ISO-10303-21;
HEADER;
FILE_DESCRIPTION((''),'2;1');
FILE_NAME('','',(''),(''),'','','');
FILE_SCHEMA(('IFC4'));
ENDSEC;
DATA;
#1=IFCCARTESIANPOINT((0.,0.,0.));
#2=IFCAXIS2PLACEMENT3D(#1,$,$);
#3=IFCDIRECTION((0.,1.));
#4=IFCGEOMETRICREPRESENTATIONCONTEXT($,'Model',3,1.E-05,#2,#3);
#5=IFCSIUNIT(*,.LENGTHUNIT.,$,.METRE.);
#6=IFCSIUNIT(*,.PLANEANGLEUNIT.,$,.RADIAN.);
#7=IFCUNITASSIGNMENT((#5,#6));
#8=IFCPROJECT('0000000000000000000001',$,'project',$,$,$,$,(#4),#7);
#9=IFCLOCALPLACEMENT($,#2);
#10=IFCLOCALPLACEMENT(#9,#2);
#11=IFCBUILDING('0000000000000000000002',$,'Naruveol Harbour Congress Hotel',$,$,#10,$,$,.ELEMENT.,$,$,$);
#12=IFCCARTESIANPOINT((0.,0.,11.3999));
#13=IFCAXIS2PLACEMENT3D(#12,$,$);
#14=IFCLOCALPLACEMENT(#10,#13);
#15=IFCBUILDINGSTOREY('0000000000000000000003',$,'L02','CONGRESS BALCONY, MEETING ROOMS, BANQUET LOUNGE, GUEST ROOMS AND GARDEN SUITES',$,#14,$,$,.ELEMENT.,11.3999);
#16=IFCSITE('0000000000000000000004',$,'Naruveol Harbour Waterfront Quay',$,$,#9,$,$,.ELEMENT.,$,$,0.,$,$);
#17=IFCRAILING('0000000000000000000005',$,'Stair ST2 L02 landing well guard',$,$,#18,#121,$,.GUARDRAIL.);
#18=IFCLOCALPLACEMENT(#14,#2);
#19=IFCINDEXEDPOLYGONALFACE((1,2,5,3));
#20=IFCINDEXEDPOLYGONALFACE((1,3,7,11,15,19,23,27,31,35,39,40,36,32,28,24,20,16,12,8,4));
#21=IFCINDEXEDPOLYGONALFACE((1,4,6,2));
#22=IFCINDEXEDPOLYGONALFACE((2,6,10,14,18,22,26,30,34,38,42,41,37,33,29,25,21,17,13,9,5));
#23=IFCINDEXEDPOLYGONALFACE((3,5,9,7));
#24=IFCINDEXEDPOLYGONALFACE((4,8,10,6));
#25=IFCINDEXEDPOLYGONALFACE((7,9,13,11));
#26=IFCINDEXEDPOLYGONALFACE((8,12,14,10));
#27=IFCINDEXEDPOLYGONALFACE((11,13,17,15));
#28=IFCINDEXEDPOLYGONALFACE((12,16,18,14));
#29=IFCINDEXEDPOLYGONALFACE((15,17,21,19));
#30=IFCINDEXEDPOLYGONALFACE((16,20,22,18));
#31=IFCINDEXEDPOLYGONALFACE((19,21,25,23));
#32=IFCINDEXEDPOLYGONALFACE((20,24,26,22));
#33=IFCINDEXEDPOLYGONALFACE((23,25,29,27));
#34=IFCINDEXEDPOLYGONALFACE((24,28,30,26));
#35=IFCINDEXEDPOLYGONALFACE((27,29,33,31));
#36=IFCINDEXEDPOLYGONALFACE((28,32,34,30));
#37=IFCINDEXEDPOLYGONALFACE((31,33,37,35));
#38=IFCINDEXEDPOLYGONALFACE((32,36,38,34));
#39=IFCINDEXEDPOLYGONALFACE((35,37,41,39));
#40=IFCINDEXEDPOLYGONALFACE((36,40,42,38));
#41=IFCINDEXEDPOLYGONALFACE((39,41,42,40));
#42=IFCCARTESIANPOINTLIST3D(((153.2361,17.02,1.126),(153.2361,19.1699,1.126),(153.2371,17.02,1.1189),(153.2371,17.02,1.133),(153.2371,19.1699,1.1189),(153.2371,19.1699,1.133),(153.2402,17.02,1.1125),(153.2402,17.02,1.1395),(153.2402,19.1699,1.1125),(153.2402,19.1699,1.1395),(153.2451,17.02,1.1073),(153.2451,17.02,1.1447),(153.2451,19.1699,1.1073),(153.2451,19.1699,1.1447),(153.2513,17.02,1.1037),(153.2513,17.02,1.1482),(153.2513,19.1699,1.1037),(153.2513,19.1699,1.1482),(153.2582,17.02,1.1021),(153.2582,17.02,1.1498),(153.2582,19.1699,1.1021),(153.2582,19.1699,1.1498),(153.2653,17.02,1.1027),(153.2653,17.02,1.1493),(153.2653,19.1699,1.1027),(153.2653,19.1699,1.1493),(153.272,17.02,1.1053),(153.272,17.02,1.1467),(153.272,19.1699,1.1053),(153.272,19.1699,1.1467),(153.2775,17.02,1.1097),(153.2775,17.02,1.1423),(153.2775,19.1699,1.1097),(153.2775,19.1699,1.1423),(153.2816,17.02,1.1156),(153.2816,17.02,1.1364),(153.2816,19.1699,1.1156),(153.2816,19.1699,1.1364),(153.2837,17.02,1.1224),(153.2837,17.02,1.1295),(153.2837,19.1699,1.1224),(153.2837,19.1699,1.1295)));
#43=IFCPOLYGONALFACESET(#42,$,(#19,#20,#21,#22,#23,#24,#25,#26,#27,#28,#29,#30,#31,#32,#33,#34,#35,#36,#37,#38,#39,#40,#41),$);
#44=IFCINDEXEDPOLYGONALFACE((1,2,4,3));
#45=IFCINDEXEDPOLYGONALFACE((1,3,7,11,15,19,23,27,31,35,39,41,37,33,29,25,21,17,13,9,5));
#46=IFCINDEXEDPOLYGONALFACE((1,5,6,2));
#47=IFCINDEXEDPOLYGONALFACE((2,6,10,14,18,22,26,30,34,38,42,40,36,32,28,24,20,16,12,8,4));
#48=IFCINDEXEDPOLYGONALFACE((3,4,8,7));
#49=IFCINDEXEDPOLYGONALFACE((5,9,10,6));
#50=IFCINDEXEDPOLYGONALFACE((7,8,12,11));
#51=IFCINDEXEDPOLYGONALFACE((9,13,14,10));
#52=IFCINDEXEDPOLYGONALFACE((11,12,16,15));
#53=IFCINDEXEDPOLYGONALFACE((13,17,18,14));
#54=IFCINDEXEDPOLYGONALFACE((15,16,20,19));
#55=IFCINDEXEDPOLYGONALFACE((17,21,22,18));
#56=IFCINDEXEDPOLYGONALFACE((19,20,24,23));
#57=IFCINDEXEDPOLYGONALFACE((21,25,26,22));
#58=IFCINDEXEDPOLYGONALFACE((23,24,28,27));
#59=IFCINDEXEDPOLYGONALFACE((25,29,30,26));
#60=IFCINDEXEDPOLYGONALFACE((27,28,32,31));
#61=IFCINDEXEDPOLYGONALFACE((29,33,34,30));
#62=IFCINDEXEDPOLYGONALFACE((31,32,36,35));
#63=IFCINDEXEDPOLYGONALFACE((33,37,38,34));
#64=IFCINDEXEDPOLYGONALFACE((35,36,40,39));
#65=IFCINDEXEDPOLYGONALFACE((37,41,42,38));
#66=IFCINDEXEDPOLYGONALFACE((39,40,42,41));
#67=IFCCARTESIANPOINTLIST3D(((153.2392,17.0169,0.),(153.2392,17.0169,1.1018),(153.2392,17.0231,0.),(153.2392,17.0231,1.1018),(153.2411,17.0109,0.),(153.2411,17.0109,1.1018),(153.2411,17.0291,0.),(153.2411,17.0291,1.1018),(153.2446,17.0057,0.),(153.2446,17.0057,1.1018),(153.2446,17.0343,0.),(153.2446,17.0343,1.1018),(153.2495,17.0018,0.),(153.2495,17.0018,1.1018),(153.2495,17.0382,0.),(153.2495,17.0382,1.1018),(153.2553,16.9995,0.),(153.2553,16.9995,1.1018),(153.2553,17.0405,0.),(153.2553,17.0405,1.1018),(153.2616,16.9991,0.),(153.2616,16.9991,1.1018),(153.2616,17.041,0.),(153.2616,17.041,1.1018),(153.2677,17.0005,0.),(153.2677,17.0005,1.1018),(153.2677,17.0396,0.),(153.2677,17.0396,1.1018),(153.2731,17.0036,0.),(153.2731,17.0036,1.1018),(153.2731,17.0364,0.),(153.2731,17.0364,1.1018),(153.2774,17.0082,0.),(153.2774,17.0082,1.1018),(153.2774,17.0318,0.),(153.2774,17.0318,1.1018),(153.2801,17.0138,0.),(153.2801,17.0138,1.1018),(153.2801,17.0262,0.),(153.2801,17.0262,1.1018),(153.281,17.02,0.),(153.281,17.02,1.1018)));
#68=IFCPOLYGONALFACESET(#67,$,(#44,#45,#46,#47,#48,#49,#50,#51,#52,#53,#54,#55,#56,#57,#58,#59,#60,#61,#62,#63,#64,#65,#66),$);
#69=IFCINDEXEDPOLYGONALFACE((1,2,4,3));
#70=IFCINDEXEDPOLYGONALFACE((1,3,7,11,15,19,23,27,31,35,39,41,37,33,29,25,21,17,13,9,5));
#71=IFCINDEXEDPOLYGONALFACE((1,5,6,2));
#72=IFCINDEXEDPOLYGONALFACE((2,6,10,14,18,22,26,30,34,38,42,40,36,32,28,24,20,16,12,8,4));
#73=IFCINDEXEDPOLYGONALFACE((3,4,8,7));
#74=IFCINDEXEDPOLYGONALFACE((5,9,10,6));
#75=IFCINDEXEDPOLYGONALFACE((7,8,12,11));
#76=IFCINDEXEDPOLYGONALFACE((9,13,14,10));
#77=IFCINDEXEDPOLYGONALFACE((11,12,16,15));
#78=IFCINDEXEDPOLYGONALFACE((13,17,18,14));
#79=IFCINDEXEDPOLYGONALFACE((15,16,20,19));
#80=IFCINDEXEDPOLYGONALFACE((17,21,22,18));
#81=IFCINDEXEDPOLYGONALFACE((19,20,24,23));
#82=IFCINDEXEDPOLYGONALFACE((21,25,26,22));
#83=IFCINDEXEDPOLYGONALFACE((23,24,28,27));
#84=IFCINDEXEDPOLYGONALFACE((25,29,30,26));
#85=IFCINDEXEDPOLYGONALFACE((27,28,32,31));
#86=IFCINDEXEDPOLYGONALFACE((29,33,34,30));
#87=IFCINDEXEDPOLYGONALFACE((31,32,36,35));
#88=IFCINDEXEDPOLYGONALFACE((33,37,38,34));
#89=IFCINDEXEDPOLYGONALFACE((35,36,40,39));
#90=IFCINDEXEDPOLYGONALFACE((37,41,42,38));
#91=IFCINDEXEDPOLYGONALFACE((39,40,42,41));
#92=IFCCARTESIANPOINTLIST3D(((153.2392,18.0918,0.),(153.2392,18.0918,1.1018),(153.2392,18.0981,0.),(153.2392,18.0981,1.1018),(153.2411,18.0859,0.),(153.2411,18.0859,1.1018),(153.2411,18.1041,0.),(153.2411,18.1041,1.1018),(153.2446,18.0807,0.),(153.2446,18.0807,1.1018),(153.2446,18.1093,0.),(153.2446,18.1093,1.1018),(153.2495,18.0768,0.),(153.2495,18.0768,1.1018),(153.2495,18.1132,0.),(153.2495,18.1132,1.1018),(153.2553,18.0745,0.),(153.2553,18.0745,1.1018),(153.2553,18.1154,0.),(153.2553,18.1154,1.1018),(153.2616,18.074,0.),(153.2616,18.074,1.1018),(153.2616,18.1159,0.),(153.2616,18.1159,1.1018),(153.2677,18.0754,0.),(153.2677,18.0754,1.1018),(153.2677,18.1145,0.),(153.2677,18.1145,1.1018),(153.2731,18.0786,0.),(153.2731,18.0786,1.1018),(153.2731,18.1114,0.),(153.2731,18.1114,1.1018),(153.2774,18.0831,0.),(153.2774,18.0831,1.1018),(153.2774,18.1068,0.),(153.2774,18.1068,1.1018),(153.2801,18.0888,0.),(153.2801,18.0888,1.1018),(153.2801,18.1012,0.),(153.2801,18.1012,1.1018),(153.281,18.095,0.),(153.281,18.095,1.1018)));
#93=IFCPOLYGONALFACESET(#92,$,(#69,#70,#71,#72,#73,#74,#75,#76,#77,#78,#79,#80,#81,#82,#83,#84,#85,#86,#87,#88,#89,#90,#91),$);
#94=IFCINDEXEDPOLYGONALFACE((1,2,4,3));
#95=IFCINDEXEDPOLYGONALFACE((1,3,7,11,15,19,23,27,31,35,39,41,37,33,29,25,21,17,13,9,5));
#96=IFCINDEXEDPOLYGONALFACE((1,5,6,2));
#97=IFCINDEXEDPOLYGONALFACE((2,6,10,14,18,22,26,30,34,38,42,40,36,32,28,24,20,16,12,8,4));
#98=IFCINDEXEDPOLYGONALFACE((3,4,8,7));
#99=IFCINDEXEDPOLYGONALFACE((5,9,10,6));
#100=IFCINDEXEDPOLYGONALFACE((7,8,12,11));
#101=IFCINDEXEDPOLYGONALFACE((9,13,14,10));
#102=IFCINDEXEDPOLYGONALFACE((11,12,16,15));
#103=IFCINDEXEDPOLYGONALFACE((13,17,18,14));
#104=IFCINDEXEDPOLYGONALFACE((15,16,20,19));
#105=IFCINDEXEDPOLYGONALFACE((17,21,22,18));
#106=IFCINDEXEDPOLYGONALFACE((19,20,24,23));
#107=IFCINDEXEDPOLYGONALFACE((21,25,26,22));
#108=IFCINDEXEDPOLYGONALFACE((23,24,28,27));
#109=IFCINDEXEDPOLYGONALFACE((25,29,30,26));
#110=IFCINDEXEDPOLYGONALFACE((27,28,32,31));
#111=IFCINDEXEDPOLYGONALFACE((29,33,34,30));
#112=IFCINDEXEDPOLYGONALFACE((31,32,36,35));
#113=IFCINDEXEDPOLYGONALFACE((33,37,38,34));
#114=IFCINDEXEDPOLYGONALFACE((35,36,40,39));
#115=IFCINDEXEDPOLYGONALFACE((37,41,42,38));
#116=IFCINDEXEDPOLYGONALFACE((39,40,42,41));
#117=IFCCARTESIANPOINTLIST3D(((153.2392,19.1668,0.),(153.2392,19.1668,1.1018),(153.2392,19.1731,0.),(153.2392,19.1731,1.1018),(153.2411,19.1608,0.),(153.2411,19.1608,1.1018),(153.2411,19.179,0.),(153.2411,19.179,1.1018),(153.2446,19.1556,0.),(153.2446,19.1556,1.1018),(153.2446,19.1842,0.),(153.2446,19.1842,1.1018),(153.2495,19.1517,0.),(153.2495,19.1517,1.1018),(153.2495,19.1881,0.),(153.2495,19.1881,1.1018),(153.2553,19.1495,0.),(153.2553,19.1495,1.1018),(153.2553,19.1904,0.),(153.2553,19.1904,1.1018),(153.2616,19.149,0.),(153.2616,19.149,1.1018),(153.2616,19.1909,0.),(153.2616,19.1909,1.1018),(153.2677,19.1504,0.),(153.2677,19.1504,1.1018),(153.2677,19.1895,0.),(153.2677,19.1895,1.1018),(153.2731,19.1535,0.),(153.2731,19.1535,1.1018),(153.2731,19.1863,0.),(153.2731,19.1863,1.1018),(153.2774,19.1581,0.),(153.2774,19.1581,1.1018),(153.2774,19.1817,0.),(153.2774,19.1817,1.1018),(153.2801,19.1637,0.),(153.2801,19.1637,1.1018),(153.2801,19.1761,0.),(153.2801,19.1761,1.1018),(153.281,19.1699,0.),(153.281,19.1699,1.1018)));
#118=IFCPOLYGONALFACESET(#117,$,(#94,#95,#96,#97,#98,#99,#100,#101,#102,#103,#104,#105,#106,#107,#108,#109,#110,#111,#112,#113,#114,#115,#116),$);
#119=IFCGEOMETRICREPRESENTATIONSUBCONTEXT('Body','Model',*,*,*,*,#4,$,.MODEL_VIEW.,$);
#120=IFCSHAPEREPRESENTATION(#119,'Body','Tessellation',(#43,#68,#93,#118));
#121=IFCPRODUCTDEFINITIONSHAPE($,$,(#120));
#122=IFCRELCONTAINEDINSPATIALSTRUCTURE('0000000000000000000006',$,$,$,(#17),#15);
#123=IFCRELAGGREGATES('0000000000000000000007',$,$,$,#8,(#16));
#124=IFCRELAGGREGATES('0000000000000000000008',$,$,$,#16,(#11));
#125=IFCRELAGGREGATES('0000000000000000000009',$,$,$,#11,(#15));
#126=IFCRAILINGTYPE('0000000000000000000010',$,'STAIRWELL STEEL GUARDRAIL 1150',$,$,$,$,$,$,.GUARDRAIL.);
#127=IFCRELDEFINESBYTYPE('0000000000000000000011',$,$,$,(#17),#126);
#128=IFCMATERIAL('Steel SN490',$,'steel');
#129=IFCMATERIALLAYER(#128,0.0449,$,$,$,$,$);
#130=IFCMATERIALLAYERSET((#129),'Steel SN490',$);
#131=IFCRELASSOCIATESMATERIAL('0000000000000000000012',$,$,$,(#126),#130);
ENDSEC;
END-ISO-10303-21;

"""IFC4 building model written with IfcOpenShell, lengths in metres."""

from ifc_helpers import new_model, si_unit, direction, frame, origin, origin_2d, place, context, subcontext, project, spatial, circle, extrude, material, layer, layer_set, type_object, element, save


model = new_model("IFC4")

# Units and contexts
model_context = context("Model", 3, precision=1e-05, world=origin(), true_north=direction((0.0, 1.0)))
body_context = subcontext(model_context, "Body", "Model", "MODEL_VIEW")
ifc_project = project(units=[si_unit("LENGTHUNIT", "METRE"), si_unit("PLANEANGLEUNIT", "RADIAN")], contexts=[model_context])

# Site, building, storey
site_placement = place(None, origin())
site = spatial("IfcSite", under=ifc_project, at=site_placement, Name="Naruveol Harbour Waterfront Quay", CompositionType="ELEMENT", RefElevation=0.0)
building_placement = place(site_placement, origin())
building = spatial("IfcBuilding", under=site, at=building_placement, Name="Naruveol Harbour Congress Hotel", CompositionType="ELEMENT")
storey_placement = place(building_placement, frame((0.0, 0.0, 11.3999)))
storey = spatial("IfcBuildingStorey", under=building, at=storey_placement, Name="L02", Description="CONGRESS BALCONY, MEETING ROOMS, BANQUET LOUNGE, GUEST ROOMS AND GARDEN SUITES", CompositionType="ELEMENT", Elevation=11.3999)

# Railing
ifc_material_1 = material(Name="Steel SN490", Category="steel")
ifc_layer_1 = layer(ifc_material_1, 0.0449)
ifc_layer_set_1 = layer_set([ifc_layer_1], Name="Steel SN490")
railing_type_1 = type_object("IfcRailingType", Name="STAIRWELL STEEL GUARDRAIL 1150", PredefinedType="GUARDRAIL", material=ifc_layer_set_1)
railing_1_placement = place(storey_placement, frame((153.26, 17.02, 0.0)))
element("IfcRailing", 1, at=railing_1_placement, inside=storey, type_object=railing_type_1, Name="Stair ST2 L02 landing well guard", PredefinedType="GUARDRAIL", context=body_context, shape_type="SweptSolid", body=[
    extrude(circle(Radius=0.0239, at=origin_2d()), frame((0.0, 0.0, 1.126), z_axis=(0.0, 1.0, 0.0), x_axis=(-1.0, 0.0, 0.0)), (0.0, 0.0, 1.0), 2.1499),
    extrude(circle(Radius=0.021, at=origin_2d()), origin(), (0.0, 0.0, 1.0), 1.1018),
    extrude(circle(Radius=0.021, at=origin_2d()), frame((0.0, 1.075, 0.0)), (0.0, 0.0, 1.0), 1.1018),
    extrude(circle(Radius=0.021, at=origin_2d()), frame((0.0, 2.1499, 0.0)), (0.0, 0.0, 1.0), 1.1018),
])

save(model, "model.ifc")
